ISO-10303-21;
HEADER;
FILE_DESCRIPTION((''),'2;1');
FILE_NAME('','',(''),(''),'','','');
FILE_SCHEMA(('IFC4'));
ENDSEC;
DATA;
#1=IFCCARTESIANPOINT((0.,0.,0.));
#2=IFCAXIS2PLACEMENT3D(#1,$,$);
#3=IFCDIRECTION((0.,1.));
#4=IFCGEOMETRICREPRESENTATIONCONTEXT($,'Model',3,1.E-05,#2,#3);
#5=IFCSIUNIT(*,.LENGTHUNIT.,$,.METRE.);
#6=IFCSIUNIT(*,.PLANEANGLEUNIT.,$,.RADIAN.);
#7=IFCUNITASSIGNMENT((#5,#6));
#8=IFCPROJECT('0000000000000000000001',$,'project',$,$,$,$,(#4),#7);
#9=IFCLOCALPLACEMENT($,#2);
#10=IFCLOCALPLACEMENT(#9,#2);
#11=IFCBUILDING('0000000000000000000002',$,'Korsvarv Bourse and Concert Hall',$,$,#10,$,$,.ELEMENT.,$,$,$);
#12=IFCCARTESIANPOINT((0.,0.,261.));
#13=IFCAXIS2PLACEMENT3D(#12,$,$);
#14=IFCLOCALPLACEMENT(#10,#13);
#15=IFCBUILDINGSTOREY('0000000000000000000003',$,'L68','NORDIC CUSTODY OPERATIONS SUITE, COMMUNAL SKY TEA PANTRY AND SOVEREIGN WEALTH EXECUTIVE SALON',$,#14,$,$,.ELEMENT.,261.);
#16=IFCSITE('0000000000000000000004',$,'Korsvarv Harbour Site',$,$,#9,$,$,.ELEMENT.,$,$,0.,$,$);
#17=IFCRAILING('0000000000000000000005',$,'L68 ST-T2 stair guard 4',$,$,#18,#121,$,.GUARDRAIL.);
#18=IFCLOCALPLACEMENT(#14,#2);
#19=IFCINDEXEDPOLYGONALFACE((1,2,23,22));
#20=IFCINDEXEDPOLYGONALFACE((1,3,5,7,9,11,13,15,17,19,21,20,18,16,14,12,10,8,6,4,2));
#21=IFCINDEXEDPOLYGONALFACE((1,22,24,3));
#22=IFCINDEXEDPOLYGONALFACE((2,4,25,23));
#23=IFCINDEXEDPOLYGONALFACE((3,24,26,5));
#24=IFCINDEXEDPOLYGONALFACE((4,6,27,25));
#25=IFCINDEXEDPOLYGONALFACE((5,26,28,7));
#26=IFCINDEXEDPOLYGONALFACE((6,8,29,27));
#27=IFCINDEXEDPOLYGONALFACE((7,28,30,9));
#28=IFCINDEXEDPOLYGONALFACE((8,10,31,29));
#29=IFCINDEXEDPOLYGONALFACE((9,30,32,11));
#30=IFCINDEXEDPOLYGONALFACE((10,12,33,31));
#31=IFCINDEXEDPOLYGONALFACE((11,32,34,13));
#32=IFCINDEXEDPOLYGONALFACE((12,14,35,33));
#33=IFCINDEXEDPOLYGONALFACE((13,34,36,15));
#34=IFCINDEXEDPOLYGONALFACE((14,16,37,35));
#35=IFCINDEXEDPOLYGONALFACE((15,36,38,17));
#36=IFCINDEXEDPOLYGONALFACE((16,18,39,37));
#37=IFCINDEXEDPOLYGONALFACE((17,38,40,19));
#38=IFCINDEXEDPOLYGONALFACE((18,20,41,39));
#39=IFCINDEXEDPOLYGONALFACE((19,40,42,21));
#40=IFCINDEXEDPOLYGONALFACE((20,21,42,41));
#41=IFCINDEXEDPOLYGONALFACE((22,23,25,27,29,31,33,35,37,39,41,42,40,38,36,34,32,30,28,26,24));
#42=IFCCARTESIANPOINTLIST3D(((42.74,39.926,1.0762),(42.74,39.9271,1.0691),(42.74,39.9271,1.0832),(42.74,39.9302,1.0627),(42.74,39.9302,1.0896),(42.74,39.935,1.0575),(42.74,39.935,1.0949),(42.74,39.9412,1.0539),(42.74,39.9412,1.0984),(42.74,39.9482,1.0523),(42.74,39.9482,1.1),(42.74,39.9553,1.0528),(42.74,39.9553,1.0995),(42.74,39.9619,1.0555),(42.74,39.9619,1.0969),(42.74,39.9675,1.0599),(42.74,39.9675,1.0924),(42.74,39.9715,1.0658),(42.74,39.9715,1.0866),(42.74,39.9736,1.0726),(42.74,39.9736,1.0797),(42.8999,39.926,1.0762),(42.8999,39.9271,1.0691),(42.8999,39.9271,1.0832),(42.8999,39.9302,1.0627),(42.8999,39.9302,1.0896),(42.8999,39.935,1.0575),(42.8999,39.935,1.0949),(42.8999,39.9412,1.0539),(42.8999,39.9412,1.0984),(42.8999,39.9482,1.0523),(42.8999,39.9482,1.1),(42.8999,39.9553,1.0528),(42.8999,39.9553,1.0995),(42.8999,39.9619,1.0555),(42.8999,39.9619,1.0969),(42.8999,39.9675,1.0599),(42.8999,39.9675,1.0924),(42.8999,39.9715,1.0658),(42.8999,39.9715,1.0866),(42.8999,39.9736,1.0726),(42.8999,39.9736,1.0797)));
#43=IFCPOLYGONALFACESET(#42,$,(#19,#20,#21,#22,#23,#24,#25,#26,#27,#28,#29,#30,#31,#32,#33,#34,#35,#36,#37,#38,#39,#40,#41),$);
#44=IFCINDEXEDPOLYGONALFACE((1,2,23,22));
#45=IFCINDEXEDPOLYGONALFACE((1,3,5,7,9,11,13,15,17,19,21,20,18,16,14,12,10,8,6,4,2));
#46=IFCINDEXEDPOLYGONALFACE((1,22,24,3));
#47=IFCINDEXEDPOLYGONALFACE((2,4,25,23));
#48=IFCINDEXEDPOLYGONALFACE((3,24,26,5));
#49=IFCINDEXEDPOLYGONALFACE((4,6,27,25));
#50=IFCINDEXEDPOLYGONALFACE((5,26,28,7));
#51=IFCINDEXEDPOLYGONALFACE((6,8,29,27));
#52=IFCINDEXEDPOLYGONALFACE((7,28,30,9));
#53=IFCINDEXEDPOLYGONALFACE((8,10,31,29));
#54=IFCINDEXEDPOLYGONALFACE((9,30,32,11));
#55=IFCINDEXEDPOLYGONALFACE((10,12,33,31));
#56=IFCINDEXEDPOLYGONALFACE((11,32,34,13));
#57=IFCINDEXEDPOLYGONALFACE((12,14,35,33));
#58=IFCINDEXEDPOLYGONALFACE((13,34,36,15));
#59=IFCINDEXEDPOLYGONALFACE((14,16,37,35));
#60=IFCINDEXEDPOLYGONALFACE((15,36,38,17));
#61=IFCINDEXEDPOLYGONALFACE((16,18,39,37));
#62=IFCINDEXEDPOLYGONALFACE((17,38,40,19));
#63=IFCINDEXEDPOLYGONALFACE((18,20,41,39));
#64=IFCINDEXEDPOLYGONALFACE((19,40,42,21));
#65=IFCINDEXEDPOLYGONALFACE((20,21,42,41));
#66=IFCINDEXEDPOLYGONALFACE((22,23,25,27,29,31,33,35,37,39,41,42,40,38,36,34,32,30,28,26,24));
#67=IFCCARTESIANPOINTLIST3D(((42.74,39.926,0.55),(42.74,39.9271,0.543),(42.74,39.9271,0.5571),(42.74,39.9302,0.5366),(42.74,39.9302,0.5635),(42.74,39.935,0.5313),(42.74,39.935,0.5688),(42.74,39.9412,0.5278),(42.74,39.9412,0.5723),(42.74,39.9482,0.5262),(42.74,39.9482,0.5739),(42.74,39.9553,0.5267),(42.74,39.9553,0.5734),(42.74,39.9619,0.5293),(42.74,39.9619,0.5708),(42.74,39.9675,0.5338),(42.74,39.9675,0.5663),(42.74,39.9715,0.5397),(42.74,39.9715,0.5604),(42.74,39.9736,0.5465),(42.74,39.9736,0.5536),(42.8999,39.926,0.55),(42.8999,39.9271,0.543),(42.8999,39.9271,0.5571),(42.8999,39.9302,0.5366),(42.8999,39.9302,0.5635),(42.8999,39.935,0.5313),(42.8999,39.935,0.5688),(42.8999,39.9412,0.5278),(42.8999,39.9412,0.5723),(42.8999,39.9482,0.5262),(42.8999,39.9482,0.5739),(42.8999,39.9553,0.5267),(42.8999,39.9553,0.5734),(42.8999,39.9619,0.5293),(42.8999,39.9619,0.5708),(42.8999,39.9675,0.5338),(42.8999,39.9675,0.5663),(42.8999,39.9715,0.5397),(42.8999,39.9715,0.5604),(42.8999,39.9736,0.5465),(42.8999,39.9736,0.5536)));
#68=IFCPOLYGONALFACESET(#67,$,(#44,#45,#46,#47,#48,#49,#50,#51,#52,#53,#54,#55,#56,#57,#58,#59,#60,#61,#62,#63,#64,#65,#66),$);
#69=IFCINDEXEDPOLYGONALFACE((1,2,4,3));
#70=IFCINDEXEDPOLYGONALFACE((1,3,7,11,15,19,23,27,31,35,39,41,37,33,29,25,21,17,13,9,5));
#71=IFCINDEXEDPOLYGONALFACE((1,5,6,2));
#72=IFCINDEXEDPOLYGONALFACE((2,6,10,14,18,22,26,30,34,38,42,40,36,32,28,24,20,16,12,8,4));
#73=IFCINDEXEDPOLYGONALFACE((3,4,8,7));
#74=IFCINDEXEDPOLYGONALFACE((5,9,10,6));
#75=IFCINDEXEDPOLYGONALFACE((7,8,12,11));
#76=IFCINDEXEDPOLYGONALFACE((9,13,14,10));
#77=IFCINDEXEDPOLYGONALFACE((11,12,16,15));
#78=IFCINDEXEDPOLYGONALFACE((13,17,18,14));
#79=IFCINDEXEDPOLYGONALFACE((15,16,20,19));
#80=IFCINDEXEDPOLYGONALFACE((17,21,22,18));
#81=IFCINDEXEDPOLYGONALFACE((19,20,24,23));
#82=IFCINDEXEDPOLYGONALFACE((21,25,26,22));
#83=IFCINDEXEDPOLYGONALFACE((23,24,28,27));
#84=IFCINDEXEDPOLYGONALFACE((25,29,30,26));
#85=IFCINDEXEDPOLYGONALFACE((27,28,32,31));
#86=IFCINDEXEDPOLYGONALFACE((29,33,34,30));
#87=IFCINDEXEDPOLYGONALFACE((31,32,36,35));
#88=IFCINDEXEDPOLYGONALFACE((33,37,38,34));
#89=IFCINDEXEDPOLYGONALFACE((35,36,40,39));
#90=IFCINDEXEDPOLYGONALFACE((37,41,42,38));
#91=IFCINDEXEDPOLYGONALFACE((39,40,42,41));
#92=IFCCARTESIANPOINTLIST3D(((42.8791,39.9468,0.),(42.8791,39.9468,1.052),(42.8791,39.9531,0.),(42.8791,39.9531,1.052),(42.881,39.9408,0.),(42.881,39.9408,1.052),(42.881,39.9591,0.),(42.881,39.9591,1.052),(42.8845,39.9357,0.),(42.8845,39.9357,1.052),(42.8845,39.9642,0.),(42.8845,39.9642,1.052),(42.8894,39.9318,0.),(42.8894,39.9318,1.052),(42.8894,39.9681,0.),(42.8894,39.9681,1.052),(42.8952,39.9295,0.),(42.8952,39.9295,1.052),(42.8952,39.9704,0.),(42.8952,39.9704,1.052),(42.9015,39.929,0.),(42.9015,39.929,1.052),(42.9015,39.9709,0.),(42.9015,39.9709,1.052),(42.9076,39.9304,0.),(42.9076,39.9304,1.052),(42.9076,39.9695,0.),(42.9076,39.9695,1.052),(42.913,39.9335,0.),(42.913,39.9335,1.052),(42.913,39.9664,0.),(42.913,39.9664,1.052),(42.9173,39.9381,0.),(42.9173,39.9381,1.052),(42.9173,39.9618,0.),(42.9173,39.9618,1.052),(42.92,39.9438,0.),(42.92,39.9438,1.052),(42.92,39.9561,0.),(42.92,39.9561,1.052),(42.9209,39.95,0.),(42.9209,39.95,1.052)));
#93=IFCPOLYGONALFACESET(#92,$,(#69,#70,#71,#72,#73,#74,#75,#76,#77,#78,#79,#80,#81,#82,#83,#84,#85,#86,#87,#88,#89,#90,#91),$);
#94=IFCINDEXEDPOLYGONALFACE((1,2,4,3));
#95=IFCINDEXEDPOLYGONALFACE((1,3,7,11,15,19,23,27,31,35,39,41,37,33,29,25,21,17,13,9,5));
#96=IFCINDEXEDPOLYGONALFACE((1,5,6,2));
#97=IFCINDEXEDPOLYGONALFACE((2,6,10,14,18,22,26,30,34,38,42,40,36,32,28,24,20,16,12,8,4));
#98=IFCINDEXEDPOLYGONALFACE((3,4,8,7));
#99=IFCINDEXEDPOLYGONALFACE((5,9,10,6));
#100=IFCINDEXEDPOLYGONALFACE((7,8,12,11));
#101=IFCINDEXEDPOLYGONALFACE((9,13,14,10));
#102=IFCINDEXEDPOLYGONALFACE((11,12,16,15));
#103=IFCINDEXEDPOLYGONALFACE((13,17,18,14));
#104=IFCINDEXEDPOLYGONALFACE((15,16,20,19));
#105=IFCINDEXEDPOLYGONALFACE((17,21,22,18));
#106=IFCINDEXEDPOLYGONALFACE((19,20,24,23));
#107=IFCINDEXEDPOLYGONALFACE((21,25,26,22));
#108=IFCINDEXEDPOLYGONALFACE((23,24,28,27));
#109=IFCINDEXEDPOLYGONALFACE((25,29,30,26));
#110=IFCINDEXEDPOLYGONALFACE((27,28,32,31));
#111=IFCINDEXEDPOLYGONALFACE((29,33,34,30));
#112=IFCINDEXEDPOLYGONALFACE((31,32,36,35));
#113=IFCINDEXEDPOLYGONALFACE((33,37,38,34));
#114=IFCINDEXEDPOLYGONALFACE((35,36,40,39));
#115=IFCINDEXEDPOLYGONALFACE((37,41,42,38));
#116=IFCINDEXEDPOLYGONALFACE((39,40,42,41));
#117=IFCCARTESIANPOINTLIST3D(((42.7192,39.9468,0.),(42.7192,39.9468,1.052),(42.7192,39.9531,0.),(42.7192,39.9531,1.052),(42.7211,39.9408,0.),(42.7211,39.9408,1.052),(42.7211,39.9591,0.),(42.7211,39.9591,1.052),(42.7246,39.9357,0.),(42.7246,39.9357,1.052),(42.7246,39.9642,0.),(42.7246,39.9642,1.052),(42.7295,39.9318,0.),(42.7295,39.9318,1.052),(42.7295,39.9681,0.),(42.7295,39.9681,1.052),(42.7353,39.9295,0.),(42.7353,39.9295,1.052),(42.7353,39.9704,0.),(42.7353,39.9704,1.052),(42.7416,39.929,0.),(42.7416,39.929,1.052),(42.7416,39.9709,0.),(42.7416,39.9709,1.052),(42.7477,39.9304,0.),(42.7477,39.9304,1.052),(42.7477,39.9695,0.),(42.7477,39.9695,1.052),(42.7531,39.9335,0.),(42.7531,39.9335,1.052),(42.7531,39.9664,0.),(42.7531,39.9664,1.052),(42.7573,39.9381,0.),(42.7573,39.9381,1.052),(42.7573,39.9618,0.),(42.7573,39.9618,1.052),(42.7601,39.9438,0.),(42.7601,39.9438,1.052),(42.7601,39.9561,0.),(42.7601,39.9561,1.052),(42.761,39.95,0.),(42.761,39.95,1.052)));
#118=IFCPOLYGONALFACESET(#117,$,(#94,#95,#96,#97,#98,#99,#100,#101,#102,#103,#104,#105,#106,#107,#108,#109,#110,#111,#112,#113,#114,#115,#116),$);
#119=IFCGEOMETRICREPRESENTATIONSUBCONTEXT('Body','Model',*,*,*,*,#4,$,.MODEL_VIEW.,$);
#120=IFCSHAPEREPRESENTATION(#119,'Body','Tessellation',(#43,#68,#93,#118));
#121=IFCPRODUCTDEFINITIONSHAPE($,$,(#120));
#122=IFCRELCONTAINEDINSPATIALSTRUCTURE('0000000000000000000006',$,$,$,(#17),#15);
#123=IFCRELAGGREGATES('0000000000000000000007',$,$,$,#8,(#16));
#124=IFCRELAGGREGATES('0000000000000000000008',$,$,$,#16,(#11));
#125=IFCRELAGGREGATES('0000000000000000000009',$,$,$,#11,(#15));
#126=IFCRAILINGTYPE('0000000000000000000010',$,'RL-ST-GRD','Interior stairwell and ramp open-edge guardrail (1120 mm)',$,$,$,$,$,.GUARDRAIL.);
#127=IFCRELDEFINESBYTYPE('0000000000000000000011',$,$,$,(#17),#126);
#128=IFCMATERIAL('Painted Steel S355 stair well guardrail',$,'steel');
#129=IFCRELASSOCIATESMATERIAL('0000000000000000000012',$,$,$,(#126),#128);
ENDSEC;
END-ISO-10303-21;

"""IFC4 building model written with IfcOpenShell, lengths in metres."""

from ifc_helpers import new_model, si_unit, direction, frame, origin, origin_2d, place, context, subcontext, project, spatial, circle, extrude, material, type_object, element, save


model = new_model("IFC4")

# Units and contexts
model_context = context("Model", 3, precision=1e-05, world=origin(), true_north=direction((0.0, 1.0)))
body_context = subcontext(model_context, "Body", "Model", "MODEL_VIEW")
ifc_project = project(units=[si_unit("LENGTHUNIT", "METRE"), si_unit("PLANEANGLEUNIT", "RADIAN")], contexts=[model_context])

# Site, building, storey
site_placement = place(None, origin())
site = spatial("IfcSite", under=ifc_project, at=site_placement, Name="Korsvarv Harbour Site", CompositionType="ELEMENT", RefElevation=0.0)
building_placement = place(site_placement, origin())
building = spatial("IfcBuilding", under=site, at=building_placement, Name="Korsvarv Bourse and Concert Hall", CompositionType="ELEMENT")
storey_placement = place(building_placement, frame((0.0, 0.0, 261.0)))
storey = spatial("IfcBuildingStorey", under=building, at=storey_placement, Name="L68", Description="NORDIC CUSTODY OPERATIONS SUITE, COMMUNAL SKY TEA PANTRY AND SOVEREIGN WEALTH EXECUTIVE SALON", CompositionType="ELEMENT", Elevation=261.0)

# Railing
ifc_material_1 = material(Name="Painted Steel S355 stair well guardrail", Category="steel")
railing_type_1 = type_object("IfcRailingType", Name="RL-ST-GRD", Description="Interior stairwell and ramp open-edge guardrail (1120 mm)", PredefinedType="GUARDRAIL", material=ifc_material_1)
railing_1_placement = place(storey_placement, frame((42.8999, 39.95, 0.0)))
element("IfcRailing", 1, at=railing_1_placement, inside=storey, type_object=railing_type_1, Name="L68 ST-T2 stair guard 4", PredefinedType="GUARDRAIL", context=body_context, shape_type="SweptSolid", body=[
    extrude(circle(Radius=0.0239, at=origin_2d()), frame((0.0, 0.0, 1.0762), z_axis=(-1.0, 0.0, 0.0), x_axis=(0.0, -1.0, 0.0)), (0.0, 0.0, 1.0), 0.1599),
    extrude(circle(Radius=0.0239, at=origin_2d()), frame((0.0, 0.0, 0.55), z_axis=(-1.0, 0.0, 0.0), x_axis=(0.0, -1.0, 0.0)), (0.0, 0.0, 1.0), 0.1599),
    extrude(circle(Radius=0.021, at=origin_2d()), origin(), (0.0, 0.0, 1.0), 1.052),
    extrude(circle(Radius=0.021, at=origin_2d()), frame((-0.1599, 0.0, 0.0)), (0.0, 0.0, 1.0), 1.052),
])

save(model, "model.ifc")
